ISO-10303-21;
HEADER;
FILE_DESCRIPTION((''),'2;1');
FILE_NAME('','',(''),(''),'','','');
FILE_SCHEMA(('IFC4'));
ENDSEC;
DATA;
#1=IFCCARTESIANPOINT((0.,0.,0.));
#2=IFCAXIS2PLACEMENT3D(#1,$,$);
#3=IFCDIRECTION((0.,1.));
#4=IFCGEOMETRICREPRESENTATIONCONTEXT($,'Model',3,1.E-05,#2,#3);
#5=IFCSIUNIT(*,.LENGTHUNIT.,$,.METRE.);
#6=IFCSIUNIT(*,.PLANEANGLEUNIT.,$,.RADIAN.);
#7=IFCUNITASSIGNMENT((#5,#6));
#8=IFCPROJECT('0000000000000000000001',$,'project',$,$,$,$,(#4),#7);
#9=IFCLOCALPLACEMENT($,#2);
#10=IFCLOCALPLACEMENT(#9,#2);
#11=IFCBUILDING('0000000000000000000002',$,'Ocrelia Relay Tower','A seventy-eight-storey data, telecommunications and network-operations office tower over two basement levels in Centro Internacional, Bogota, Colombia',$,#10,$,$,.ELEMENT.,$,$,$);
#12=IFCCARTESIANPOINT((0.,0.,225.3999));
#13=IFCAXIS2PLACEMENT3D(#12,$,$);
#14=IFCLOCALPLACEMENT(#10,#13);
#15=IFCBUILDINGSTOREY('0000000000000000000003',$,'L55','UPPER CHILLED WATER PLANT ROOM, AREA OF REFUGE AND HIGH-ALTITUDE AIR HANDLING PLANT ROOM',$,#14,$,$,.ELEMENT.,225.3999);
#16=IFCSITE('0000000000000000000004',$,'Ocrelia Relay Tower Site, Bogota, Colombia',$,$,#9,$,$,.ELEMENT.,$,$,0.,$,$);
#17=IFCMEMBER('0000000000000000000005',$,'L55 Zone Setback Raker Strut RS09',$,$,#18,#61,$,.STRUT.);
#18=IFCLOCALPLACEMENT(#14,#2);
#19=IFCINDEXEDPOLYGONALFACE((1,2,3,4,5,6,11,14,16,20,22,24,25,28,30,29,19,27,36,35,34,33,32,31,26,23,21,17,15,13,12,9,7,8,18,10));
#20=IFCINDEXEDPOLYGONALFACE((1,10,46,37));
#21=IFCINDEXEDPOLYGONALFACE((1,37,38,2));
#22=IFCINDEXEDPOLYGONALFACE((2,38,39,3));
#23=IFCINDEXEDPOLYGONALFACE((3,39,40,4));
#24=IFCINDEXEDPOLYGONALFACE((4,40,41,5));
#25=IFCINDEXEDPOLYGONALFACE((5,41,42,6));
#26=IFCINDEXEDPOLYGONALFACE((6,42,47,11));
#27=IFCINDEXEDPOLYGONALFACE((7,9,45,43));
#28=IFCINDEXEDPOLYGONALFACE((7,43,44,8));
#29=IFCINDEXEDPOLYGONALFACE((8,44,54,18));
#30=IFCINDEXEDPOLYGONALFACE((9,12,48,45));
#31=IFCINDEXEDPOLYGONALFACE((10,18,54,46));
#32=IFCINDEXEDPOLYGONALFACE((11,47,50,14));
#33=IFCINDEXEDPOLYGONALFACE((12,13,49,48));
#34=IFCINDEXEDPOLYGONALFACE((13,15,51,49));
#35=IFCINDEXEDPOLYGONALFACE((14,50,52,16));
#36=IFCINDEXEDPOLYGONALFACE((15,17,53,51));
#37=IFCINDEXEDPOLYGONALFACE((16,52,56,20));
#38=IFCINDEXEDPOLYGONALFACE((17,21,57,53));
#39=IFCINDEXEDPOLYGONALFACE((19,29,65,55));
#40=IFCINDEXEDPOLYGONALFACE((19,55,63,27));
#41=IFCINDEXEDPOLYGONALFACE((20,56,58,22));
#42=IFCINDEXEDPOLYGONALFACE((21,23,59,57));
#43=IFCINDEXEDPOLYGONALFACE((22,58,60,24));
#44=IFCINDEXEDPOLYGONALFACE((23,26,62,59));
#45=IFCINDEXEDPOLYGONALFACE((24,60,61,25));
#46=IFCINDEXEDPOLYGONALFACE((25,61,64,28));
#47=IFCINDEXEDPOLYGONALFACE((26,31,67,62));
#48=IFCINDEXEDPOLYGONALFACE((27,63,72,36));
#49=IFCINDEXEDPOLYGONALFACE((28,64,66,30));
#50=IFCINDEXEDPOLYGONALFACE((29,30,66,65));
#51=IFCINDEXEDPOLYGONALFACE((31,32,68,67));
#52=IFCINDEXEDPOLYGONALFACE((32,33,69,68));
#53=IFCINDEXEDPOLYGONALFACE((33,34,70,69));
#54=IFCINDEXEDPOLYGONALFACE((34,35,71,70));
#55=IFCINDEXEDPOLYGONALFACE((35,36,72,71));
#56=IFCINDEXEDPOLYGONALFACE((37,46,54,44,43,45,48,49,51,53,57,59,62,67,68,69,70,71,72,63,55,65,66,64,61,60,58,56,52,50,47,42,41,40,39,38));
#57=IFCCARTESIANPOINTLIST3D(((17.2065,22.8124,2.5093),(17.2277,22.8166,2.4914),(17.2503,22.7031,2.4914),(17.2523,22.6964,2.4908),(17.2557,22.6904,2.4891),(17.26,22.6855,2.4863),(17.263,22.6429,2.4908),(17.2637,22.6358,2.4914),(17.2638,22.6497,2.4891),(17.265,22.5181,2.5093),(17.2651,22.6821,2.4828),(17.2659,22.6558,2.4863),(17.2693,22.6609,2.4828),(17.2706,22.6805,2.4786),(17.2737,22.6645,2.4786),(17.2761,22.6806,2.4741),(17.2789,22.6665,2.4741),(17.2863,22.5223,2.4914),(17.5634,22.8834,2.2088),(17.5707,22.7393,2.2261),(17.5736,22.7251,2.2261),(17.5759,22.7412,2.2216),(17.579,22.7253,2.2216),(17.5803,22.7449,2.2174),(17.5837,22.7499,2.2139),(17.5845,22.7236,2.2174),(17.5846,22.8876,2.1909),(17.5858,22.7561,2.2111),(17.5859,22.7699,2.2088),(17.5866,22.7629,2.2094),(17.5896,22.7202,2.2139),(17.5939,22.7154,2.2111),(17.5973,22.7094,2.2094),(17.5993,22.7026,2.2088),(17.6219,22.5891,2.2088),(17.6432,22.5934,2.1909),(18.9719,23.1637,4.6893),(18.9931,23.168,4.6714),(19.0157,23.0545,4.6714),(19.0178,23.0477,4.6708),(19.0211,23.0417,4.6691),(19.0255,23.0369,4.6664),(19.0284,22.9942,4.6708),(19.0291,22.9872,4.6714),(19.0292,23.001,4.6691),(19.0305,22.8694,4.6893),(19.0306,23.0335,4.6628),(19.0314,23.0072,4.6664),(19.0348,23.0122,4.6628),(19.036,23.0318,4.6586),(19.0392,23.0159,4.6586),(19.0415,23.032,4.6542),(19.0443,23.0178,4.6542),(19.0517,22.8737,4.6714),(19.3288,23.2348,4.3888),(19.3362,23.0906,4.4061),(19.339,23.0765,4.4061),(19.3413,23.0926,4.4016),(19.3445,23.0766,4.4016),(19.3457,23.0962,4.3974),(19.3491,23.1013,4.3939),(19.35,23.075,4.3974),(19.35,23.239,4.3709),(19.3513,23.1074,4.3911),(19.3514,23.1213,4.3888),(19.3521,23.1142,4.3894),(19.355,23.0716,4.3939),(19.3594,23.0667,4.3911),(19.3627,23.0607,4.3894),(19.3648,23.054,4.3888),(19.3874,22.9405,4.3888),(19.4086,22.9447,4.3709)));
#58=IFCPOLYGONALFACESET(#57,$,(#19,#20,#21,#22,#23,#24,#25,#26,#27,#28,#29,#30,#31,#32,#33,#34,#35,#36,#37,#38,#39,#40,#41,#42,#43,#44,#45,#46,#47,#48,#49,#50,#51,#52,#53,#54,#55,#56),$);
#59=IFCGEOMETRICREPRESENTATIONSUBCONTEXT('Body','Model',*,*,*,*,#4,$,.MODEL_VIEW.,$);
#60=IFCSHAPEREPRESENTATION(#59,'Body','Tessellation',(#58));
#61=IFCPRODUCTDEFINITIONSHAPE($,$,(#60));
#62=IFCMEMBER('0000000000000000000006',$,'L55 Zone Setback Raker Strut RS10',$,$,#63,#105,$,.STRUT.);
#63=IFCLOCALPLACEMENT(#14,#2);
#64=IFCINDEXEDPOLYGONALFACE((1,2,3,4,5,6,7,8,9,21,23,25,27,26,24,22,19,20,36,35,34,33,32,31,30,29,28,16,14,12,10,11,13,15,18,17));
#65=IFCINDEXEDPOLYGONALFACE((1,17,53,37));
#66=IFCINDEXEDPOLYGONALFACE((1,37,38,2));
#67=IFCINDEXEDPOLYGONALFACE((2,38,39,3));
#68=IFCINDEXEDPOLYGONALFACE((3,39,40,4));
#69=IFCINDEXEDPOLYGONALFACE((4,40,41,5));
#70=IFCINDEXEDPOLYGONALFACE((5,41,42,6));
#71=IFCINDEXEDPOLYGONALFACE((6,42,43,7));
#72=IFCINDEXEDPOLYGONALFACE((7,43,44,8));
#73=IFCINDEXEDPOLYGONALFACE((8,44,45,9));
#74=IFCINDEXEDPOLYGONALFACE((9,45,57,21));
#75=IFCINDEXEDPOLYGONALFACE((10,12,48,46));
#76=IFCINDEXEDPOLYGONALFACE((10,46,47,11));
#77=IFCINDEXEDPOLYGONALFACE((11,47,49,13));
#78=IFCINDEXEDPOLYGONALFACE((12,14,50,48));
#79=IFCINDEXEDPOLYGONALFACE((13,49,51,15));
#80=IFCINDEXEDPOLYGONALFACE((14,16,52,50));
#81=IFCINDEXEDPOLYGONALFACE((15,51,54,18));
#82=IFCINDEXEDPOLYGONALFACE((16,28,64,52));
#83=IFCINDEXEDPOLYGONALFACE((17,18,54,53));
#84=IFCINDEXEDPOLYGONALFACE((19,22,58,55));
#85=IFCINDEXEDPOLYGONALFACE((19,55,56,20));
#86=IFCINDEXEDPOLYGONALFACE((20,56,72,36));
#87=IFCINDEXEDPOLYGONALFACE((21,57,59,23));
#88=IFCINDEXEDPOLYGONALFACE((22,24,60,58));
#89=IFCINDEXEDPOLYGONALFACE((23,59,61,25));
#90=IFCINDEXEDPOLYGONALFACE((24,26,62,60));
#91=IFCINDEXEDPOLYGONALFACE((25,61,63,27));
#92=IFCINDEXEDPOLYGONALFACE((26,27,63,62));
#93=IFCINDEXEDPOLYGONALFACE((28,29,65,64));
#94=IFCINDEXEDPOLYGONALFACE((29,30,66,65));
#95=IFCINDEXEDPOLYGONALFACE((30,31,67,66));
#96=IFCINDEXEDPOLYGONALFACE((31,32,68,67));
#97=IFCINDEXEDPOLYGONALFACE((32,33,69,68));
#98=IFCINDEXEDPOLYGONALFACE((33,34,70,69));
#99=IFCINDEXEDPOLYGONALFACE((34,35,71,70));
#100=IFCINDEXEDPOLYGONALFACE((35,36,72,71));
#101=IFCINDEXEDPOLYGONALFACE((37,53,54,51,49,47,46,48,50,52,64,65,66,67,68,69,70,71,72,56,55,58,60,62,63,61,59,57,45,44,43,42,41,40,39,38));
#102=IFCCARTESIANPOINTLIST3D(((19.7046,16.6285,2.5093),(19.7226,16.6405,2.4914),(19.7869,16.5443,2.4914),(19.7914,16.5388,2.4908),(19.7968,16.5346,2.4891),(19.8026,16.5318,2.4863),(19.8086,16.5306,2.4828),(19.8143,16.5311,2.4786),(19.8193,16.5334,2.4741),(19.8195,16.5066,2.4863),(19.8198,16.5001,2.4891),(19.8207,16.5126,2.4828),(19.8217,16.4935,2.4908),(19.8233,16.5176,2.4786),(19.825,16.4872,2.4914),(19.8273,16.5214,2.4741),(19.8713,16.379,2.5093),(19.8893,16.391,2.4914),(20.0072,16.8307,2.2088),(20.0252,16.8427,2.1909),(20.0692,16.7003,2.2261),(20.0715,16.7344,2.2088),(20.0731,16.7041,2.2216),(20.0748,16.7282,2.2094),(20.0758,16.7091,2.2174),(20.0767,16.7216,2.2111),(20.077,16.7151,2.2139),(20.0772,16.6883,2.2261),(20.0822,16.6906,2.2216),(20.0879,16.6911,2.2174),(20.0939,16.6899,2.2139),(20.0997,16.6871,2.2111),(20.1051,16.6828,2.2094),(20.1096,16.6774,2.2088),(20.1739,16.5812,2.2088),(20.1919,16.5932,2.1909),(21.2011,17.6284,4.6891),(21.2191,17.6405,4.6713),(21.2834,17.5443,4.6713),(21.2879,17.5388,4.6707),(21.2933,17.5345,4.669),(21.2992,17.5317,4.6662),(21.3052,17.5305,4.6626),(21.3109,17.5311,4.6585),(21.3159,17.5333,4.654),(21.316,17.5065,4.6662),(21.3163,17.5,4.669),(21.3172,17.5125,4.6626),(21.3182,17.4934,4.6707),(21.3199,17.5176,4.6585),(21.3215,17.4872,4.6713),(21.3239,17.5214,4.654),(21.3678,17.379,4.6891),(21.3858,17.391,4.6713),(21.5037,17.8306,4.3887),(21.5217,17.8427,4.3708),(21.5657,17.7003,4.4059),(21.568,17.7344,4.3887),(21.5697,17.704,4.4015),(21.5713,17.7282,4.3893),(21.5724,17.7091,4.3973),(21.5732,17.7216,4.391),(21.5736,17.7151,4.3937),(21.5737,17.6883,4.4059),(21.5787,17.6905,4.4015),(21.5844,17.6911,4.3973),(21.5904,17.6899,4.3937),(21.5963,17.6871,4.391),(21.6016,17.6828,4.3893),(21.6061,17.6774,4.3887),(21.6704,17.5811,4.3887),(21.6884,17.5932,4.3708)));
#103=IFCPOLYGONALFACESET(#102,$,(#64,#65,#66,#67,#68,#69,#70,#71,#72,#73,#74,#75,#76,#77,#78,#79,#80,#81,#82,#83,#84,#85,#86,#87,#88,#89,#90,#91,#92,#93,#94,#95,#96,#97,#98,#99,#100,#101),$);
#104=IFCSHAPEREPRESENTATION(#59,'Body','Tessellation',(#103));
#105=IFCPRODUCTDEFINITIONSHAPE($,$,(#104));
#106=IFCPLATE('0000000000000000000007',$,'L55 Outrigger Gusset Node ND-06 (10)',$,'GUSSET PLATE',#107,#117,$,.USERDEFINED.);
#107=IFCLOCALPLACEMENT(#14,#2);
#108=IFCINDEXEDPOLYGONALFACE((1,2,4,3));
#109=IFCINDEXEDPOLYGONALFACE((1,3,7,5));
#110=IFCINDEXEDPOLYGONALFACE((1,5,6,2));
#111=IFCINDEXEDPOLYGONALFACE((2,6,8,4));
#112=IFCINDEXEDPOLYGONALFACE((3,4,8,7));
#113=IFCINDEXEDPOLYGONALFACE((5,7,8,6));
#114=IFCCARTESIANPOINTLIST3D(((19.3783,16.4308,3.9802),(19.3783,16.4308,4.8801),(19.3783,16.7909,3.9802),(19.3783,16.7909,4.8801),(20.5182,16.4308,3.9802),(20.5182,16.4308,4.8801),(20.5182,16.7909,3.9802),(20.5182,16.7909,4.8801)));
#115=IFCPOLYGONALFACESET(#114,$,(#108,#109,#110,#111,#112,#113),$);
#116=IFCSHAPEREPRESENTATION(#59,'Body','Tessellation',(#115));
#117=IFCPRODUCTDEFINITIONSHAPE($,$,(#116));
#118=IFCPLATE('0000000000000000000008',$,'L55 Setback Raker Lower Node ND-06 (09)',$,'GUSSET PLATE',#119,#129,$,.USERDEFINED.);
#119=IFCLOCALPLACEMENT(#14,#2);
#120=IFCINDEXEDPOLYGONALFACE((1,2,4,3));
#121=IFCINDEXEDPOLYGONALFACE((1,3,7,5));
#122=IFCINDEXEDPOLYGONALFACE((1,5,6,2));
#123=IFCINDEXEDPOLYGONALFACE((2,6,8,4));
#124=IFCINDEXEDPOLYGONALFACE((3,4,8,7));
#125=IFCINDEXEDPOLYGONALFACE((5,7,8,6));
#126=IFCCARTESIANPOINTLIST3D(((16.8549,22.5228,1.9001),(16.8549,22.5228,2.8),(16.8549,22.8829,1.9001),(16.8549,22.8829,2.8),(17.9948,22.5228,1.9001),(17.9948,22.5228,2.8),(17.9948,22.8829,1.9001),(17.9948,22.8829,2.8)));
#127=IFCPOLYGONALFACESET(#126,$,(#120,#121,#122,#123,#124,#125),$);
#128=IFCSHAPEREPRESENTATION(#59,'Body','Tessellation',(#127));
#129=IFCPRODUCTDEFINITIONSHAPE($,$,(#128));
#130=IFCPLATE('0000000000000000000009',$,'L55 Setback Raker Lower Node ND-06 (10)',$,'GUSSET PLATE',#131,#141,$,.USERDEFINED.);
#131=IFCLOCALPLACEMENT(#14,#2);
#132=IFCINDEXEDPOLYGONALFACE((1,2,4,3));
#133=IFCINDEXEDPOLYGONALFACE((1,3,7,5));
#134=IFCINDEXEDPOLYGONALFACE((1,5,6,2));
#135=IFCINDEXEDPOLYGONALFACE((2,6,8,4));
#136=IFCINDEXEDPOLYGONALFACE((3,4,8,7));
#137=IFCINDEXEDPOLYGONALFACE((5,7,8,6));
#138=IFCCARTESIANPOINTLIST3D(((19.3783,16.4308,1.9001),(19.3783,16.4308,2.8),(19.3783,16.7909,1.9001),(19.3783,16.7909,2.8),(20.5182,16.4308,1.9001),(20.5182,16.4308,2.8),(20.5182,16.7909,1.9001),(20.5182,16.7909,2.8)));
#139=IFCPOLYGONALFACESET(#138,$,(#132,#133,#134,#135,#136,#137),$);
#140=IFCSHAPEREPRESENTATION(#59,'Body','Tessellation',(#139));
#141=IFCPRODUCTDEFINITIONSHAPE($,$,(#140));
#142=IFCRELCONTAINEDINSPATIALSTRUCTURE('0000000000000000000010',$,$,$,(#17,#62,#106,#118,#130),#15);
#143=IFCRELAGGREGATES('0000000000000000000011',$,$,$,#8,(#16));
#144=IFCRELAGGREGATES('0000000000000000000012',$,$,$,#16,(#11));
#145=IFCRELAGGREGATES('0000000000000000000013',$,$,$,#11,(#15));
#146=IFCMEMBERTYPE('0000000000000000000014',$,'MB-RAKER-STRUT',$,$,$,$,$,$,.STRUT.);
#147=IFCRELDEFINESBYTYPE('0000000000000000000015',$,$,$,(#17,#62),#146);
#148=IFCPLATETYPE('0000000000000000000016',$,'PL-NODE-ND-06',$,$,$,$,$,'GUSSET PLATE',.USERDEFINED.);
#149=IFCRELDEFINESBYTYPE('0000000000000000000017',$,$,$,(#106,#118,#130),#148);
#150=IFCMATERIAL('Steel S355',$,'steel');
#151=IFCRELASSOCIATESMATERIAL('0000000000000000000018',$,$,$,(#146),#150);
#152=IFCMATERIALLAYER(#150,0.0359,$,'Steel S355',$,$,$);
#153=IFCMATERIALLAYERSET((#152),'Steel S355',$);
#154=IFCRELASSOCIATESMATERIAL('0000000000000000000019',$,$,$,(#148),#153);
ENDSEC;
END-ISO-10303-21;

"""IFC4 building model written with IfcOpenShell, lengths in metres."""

from ifc_helpers import new_model, si_unit, direction, frame, origin, origin_2d, place, context, subcontext, project, spatial, rectangle, i_section, extrude, material, layer, layer_set, material_profile, profile_set, type_object, element, save


model = new_model("IFC4")

# Units and contexts
model_context = context("Model", 3, precision=1e-05, world=origin(), true_north=direction((0.0, 1.0)))
body_context = subcontext(model_context, "Body", "Model", "MODEL_VIEW")
ifc_project = project(units=[si_unit("LENGTHUNIT", "METRE"), si_unit("PLANEANGLEUNIT", "RADIAN")], contexts=[model_context])

# Site, building, storey
site_placement = place(None, origin())
site = spatial("IfcSite", under=ifc_project, at=site_placement, Name="Ocrelia Relay Tower Site, Bogota, Colombia", CompositionType="ELEMENT", RefElevation=0.0)
building_placement = place(site_placement, origin())
building = spatial("IfcBuilding", under=site, at=building_placement, Name="Ocrelia Relay Tower", Description="A seventy-eight-storey data, telecommunications and network-operations office tower over two basement levels in Centro Internacional, Bogota, Colombia", CompositionType="ELEMENT")
storey_placement = place(building_placement, frame((0.0, 0.0, 225.3999)))
storey = spatial("IfcBuildingStorey", under=building, at=storey_placement, Name="L55", Description="UPPER CHILLED WATER PLANT ROOM, AREA OF REFUGE AND HIGH-ALTITUDE AIR HANDLING PLANT ROOM", CompositionType="ELEMENT", Elevation=225.3999)

# Shared definitions
ifc_material_1 = material(Name="Steel S355", Category="steel")

# Members
ifc_material_profile_1 = material_profile(ifc_material_1, i_section(OverallWidth=0.3, OverallDepth=0.5, WebThickness=0.0144, FlangeThickness=0.0281, FilletRadius=0.0271, at=origin_2d()), Name="HEB 500")
ifc_profile_set_1 = profile_set([ifc_material_profile_1], Name="Steel S355")
member_type_1 = type_object("IfcMemberType", Name="MB-RAKER-STRUT", PredefinedType="STRUT", material=ifc_profile_set_1)
member_1_placement = place(storey_placement, frame((17.4248, 22.7029, 2.3501), z_axis=(0.624465, 0.124271, 0.771103), x_axis=(-0.195177, 0.980768, 0.0)))
element("IfcMember", 1, at=member_1_placement, inside=storey, type_object=member_type_1, Name="L55 Zone Setback Raker Strut RS09", PredefinedType="STRUT", context=body_context, shape_type="SweptSolid", body=[
    extrude(i_section(OverallWidth=0.3, OverallDepth=0.5, WebThickness=0.0144, FlangeThickness=0.0281, FilletRadius=0.0271, at=origin_2d()), origin(), (0.0, 0.0, 1.0), 2.8271),
])
member_2_placement = place(storey_placement, frame((19.9482, 16.6108, 2.3501), z_axis=(0.529391, 0.353733, 0.771115), x_axis=(-0.555576, 0.831466, 0.0)))
element("IfcMember", 2, at=member_2_placement, inside=storey, type_object=member_type_1, Name="L55 Zone Setback Raker Strut RS10", PredefinedType="STRUT", context=body_context, shape_type="SweptSolid", body=[
    extrude(i_section(OverallWidth=0.3, OverallDepth=0.5, WebThickness=0.0144, FlangeThickness=0.0281, FilletRadius=0.0271, at=origin_2d()), origin(), (0.0, 0.0, 1.0), 2.8269),
])

# Plates
ifc_layer_1 = layer(ifc_material_1, 0.0359, Name="Steel S355")
ifc_layer_set_1 = layer_set([ifc_layer_1], Name="Steel S355")
plate_type = type_object("IfcPlateType", Name="PL-NODE-ND-06", ElementType="GUSSET PLATE", PredefinedType="USERDEFINED", material=ifc_layer_set_1)
for number, where, z_axis, x_axis, name in (
    (3, (19.9482, 16.6108, 3.9802), (0.0, 0.0, 1.0), (1.0, 0.0, 0.0), "L55 Outrigger Gusset Node ND-06 (10)"),
    (4, (17.4248, 22.7029, 1.9001), (0.0, 0.0, 1.0), (1.0, 0.0, 0.0), "L55 Setback Raker Lower Node ND-06 (09)"),
    (5, (19.9482, 16.6108, 1.9001), (0.0, 0.0, 1.0), (1.0, 0.0, 0.0), "L55 Setback Raker Lower Node ND-06 (10)"),
):
    element("IfcPlate", number, at=place(storey_placement, frame(where, z_axis=z_axis, x_axis=x_axis)), inside=storey, type_object=plate_type, Name=name, ObjectType="GUSSET PLATE", PredefinedType="USERDEFINED", context=body_context, shape_type="SweptSolid", body=[
        extrude(rectangle(XDim=1.1399, YDim=0.3601, at=origin_2d()), origin(), (0.0, 0.0, 1.0), 0.8999),
    ])

save(model, "model.ifc")
